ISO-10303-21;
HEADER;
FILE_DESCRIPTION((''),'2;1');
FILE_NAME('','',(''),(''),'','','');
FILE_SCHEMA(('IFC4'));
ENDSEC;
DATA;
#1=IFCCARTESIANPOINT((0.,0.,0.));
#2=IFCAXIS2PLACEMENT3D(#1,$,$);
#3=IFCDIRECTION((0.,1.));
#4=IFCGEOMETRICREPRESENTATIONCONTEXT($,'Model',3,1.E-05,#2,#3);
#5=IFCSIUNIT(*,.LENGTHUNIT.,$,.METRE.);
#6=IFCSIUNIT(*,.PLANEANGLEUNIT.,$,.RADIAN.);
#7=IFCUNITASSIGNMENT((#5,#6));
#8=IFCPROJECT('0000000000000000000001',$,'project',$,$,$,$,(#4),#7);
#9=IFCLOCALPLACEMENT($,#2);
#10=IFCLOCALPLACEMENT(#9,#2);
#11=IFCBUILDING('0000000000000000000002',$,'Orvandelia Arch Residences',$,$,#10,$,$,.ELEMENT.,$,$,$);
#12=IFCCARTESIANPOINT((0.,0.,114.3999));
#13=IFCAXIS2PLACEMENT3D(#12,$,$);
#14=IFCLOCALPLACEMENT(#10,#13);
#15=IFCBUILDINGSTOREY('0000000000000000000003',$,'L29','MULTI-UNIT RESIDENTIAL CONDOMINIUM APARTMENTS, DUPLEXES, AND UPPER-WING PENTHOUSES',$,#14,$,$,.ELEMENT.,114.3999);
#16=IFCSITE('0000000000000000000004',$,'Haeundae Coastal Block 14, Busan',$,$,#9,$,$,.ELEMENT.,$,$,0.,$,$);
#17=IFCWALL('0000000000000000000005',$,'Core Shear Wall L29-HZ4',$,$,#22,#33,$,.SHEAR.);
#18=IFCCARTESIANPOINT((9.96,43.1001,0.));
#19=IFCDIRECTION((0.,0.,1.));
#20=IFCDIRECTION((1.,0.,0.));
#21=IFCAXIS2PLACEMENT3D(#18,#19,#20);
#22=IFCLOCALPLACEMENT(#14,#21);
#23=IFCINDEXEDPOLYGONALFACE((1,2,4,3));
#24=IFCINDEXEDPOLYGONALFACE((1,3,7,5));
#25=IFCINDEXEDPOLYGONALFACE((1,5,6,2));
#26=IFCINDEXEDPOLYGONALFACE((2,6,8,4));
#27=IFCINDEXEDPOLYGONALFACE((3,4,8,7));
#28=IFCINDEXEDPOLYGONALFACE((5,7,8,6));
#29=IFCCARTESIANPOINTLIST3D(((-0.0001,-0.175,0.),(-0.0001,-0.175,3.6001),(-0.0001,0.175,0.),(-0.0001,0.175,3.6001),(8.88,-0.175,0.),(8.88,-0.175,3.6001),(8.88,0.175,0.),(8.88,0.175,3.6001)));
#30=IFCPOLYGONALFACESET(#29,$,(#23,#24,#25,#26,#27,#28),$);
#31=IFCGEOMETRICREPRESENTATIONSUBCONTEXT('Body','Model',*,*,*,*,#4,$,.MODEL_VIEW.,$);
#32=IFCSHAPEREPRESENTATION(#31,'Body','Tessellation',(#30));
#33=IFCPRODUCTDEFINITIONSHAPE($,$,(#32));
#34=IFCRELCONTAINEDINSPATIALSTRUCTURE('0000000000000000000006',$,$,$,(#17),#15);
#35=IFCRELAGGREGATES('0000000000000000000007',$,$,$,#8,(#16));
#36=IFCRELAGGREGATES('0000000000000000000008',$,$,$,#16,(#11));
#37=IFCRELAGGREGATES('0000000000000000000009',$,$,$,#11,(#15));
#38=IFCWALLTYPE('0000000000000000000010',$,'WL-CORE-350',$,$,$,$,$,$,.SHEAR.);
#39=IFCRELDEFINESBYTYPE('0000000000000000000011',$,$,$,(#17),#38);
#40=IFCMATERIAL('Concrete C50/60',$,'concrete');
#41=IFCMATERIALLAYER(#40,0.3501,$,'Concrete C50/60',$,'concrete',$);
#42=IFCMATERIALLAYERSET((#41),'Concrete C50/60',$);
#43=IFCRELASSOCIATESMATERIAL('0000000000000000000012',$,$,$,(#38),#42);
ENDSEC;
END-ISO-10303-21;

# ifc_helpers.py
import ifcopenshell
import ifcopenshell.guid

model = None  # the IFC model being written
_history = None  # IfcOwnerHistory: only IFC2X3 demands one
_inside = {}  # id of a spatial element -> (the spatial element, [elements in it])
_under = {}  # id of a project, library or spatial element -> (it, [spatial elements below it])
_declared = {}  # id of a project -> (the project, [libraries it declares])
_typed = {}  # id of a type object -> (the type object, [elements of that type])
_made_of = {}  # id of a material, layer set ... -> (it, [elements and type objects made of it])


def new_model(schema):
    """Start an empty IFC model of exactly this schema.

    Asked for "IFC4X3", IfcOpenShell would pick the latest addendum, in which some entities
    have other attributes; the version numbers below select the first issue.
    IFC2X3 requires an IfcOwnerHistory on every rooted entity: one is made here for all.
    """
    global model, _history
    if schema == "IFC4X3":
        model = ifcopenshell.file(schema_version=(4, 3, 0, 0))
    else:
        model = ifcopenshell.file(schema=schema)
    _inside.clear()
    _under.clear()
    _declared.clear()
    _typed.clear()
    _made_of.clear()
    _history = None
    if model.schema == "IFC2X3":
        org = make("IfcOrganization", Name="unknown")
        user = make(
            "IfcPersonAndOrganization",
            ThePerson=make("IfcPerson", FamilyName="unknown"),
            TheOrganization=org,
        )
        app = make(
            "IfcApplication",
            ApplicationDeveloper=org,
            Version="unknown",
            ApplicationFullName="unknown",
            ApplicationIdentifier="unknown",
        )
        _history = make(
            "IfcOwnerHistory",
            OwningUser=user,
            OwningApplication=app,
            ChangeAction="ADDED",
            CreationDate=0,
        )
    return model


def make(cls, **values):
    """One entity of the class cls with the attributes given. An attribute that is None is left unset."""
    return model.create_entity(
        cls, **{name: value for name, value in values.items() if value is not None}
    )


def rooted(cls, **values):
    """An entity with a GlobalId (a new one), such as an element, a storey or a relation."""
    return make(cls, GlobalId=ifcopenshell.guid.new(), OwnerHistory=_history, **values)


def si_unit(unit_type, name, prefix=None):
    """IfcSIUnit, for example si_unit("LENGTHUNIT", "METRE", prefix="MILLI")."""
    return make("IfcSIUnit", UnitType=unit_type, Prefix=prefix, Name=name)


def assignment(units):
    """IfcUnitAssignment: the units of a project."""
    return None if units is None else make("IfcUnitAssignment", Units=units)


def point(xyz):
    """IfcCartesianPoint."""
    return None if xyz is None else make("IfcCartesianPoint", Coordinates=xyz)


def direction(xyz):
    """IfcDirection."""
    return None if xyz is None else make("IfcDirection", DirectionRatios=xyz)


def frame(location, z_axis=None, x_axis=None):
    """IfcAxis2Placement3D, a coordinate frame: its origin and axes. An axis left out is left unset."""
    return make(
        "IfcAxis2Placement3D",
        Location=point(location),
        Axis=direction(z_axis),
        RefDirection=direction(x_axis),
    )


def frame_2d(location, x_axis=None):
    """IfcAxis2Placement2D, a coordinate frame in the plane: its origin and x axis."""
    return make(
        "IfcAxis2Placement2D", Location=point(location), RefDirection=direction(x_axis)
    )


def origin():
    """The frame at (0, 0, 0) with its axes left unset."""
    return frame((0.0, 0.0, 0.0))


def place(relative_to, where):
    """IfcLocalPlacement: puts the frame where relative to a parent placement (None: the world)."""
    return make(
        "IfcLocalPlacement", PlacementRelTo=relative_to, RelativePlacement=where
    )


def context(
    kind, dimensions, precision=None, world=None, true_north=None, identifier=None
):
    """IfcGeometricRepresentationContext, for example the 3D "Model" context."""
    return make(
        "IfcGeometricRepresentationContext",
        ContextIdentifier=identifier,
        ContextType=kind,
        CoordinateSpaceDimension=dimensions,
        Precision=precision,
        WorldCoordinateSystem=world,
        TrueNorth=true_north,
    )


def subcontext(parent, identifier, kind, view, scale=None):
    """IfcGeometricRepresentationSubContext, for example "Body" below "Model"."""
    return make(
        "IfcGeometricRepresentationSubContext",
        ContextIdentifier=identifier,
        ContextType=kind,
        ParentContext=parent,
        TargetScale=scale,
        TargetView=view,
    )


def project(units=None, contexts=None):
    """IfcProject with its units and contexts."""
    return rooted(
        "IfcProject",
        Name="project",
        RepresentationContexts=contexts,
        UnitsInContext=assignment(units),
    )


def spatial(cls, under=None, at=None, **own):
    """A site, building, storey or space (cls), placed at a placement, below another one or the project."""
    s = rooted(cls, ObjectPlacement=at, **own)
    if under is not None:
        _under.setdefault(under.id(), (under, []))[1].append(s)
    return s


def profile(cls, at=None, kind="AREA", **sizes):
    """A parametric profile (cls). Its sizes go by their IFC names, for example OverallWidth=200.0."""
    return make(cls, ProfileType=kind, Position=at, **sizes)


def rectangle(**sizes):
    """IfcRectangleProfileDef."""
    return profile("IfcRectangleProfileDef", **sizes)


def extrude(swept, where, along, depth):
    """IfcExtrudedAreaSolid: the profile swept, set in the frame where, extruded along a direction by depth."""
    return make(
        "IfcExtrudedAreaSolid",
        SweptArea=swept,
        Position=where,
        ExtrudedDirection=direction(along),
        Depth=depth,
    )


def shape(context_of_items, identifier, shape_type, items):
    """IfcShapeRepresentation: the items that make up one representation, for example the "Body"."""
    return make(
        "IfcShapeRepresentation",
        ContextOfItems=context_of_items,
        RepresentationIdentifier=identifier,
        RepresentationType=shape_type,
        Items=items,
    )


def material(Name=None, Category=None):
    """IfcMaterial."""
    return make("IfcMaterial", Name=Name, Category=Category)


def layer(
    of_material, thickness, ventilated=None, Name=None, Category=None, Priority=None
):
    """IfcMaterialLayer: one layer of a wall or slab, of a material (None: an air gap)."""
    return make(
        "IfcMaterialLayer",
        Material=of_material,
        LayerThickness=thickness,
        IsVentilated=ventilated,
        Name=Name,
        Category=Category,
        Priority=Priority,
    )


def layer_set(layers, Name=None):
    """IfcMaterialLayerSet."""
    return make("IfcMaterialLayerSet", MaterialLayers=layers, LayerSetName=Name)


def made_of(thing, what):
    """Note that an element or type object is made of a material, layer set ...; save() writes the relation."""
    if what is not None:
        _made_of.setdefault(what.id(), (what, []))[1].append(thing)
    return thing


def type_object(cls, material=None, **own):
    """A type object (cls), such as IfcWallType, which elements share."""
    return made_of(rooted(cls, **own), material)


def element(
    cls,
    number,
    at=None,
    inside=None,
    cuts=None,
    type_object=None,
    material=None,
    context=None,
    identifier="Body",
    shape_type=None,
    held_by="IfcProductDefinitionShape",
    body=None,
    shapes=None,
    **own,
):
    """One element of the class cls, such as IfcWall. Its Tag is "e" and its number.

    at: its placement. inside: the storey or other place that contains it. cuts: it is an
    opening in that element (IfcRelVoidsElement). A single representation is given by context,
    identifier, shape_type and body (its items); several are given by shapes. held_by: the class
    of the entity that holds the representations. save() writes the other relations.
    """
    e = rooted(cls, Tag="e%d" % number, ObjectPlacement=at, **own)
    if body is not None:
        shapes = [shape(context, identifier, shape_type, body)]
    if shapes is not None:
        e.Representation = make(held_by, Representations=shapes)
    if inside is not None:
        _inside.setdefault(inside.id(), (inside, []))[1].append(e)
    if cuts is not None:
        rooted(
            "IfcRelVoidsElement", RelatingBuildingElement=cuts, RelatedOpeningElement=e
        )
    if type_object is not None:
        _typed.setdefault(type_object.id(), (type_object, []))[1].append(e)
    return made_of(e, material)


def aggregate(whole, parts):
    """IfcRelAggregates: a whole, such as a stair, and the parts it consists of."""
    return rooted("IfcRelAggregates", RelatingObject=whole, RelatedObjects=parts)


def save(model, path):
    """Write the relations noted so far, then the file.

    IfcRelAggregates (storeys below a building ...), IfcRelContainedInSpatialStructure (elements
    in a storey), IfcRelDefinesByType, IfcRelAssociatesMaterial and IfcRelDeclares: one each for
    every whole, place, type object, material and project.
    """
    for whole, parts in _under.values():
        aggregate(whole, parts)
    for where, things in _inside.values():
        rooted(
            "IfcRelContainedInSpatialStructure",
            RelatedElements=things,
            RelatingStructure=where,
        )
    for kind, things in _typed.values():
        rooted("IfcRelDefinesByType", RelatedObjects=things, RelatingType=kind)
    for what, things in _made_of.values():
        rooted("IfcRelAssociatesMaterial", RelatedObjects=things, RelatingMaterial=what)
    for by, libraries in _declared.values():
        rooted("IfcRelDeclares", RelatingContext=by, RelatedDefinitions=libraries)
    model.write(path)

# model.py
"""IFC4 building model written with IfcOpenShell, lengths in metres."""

from ifc_helpers import new_model, si_unit, direction, frame, frame_2d, origin, place, context, subcontext, project, spatial, rectangle, extrude, material, layer, layer_set, type_object, element, save


model = new_model("IFC4")

# Units and contexts
model_context = context("Model", 3, precision=1e-05, world=origin(), true_north=direction((0.0, 1.0)))
body_context = subcontext(model_context, "Body", "Model", "MODEL_VIEW")
ifc_project = project(units=[si_unit("LENGTHUNIT", "METRE"), si_unit("PLANEANGLEUNIT", "RADIAN")], contexts=[model_context])

# Site, building, storey
site_placement = place(None, origin())
site = spatial("IfcSite", under=ifc_project, at=site_placement, Name="Haeundae Coastal Block 14, Busan", CompositionType="ELEMENT", RefElevation=0.0)
building_placement = place(site_placement, origin())
building = spatial("IfcBuilding", under=site, at=building_placement, Name="Orvandelia Arch Residences", CompositionType="ELEMENT")
storey_placement = place(building_placement, frame((0.0, 0.0, 114.3999)))
storey = spatial("IfcBuildingStorey", under=building, at=storey_placement, Name="L29", Description="MULTI-UNIT RESIDENTIAL CONDOMINIUM APARTMENTS, DUPLEXES, AND UPPER-WING PENTHOUSES", CompositionType="ELEMENT", Elevation=114.3999)

# Wall
ifc_material_1 = material(Name="Concrete C50/60", Category="concrete")
ifc_layer_1 = layer(ifc_material_1, 0.3501, Name="Concrete C50/60", Category="concrete")
ifc_layer_set_1 = layer_set([ifc_layer_1], Name="Concrete C50/60")
wall_type_1 = type_object("IfcWallType", Name="WL-CORE-350", PredefinedType="SHEAR", material=ifc_layer_set_1)
wall_1_placement = place(storey_placement, frame((9.96, 43.1001, 0.0), z_axis=(0.0, 0.0, 1.0), x_axis=(1.0, 0.0, 0.0)))
element("IfcWall", 1, at=wall_1_placement, inside=storey, type_object=wall_type_1, Name="Core Shear Wall L29-HZ4", PredefinedType="SHEAR", context=body_context, shape_type="SweptSolid", body=[
    extrude(rectangle(XDim=8.8801, YDim=0.3501, at=frame_2d((4.4399, 0.0))), origin(), (0.0, 0.0, 1.0), 3.6001),
])

save(model, "model.ifc")
